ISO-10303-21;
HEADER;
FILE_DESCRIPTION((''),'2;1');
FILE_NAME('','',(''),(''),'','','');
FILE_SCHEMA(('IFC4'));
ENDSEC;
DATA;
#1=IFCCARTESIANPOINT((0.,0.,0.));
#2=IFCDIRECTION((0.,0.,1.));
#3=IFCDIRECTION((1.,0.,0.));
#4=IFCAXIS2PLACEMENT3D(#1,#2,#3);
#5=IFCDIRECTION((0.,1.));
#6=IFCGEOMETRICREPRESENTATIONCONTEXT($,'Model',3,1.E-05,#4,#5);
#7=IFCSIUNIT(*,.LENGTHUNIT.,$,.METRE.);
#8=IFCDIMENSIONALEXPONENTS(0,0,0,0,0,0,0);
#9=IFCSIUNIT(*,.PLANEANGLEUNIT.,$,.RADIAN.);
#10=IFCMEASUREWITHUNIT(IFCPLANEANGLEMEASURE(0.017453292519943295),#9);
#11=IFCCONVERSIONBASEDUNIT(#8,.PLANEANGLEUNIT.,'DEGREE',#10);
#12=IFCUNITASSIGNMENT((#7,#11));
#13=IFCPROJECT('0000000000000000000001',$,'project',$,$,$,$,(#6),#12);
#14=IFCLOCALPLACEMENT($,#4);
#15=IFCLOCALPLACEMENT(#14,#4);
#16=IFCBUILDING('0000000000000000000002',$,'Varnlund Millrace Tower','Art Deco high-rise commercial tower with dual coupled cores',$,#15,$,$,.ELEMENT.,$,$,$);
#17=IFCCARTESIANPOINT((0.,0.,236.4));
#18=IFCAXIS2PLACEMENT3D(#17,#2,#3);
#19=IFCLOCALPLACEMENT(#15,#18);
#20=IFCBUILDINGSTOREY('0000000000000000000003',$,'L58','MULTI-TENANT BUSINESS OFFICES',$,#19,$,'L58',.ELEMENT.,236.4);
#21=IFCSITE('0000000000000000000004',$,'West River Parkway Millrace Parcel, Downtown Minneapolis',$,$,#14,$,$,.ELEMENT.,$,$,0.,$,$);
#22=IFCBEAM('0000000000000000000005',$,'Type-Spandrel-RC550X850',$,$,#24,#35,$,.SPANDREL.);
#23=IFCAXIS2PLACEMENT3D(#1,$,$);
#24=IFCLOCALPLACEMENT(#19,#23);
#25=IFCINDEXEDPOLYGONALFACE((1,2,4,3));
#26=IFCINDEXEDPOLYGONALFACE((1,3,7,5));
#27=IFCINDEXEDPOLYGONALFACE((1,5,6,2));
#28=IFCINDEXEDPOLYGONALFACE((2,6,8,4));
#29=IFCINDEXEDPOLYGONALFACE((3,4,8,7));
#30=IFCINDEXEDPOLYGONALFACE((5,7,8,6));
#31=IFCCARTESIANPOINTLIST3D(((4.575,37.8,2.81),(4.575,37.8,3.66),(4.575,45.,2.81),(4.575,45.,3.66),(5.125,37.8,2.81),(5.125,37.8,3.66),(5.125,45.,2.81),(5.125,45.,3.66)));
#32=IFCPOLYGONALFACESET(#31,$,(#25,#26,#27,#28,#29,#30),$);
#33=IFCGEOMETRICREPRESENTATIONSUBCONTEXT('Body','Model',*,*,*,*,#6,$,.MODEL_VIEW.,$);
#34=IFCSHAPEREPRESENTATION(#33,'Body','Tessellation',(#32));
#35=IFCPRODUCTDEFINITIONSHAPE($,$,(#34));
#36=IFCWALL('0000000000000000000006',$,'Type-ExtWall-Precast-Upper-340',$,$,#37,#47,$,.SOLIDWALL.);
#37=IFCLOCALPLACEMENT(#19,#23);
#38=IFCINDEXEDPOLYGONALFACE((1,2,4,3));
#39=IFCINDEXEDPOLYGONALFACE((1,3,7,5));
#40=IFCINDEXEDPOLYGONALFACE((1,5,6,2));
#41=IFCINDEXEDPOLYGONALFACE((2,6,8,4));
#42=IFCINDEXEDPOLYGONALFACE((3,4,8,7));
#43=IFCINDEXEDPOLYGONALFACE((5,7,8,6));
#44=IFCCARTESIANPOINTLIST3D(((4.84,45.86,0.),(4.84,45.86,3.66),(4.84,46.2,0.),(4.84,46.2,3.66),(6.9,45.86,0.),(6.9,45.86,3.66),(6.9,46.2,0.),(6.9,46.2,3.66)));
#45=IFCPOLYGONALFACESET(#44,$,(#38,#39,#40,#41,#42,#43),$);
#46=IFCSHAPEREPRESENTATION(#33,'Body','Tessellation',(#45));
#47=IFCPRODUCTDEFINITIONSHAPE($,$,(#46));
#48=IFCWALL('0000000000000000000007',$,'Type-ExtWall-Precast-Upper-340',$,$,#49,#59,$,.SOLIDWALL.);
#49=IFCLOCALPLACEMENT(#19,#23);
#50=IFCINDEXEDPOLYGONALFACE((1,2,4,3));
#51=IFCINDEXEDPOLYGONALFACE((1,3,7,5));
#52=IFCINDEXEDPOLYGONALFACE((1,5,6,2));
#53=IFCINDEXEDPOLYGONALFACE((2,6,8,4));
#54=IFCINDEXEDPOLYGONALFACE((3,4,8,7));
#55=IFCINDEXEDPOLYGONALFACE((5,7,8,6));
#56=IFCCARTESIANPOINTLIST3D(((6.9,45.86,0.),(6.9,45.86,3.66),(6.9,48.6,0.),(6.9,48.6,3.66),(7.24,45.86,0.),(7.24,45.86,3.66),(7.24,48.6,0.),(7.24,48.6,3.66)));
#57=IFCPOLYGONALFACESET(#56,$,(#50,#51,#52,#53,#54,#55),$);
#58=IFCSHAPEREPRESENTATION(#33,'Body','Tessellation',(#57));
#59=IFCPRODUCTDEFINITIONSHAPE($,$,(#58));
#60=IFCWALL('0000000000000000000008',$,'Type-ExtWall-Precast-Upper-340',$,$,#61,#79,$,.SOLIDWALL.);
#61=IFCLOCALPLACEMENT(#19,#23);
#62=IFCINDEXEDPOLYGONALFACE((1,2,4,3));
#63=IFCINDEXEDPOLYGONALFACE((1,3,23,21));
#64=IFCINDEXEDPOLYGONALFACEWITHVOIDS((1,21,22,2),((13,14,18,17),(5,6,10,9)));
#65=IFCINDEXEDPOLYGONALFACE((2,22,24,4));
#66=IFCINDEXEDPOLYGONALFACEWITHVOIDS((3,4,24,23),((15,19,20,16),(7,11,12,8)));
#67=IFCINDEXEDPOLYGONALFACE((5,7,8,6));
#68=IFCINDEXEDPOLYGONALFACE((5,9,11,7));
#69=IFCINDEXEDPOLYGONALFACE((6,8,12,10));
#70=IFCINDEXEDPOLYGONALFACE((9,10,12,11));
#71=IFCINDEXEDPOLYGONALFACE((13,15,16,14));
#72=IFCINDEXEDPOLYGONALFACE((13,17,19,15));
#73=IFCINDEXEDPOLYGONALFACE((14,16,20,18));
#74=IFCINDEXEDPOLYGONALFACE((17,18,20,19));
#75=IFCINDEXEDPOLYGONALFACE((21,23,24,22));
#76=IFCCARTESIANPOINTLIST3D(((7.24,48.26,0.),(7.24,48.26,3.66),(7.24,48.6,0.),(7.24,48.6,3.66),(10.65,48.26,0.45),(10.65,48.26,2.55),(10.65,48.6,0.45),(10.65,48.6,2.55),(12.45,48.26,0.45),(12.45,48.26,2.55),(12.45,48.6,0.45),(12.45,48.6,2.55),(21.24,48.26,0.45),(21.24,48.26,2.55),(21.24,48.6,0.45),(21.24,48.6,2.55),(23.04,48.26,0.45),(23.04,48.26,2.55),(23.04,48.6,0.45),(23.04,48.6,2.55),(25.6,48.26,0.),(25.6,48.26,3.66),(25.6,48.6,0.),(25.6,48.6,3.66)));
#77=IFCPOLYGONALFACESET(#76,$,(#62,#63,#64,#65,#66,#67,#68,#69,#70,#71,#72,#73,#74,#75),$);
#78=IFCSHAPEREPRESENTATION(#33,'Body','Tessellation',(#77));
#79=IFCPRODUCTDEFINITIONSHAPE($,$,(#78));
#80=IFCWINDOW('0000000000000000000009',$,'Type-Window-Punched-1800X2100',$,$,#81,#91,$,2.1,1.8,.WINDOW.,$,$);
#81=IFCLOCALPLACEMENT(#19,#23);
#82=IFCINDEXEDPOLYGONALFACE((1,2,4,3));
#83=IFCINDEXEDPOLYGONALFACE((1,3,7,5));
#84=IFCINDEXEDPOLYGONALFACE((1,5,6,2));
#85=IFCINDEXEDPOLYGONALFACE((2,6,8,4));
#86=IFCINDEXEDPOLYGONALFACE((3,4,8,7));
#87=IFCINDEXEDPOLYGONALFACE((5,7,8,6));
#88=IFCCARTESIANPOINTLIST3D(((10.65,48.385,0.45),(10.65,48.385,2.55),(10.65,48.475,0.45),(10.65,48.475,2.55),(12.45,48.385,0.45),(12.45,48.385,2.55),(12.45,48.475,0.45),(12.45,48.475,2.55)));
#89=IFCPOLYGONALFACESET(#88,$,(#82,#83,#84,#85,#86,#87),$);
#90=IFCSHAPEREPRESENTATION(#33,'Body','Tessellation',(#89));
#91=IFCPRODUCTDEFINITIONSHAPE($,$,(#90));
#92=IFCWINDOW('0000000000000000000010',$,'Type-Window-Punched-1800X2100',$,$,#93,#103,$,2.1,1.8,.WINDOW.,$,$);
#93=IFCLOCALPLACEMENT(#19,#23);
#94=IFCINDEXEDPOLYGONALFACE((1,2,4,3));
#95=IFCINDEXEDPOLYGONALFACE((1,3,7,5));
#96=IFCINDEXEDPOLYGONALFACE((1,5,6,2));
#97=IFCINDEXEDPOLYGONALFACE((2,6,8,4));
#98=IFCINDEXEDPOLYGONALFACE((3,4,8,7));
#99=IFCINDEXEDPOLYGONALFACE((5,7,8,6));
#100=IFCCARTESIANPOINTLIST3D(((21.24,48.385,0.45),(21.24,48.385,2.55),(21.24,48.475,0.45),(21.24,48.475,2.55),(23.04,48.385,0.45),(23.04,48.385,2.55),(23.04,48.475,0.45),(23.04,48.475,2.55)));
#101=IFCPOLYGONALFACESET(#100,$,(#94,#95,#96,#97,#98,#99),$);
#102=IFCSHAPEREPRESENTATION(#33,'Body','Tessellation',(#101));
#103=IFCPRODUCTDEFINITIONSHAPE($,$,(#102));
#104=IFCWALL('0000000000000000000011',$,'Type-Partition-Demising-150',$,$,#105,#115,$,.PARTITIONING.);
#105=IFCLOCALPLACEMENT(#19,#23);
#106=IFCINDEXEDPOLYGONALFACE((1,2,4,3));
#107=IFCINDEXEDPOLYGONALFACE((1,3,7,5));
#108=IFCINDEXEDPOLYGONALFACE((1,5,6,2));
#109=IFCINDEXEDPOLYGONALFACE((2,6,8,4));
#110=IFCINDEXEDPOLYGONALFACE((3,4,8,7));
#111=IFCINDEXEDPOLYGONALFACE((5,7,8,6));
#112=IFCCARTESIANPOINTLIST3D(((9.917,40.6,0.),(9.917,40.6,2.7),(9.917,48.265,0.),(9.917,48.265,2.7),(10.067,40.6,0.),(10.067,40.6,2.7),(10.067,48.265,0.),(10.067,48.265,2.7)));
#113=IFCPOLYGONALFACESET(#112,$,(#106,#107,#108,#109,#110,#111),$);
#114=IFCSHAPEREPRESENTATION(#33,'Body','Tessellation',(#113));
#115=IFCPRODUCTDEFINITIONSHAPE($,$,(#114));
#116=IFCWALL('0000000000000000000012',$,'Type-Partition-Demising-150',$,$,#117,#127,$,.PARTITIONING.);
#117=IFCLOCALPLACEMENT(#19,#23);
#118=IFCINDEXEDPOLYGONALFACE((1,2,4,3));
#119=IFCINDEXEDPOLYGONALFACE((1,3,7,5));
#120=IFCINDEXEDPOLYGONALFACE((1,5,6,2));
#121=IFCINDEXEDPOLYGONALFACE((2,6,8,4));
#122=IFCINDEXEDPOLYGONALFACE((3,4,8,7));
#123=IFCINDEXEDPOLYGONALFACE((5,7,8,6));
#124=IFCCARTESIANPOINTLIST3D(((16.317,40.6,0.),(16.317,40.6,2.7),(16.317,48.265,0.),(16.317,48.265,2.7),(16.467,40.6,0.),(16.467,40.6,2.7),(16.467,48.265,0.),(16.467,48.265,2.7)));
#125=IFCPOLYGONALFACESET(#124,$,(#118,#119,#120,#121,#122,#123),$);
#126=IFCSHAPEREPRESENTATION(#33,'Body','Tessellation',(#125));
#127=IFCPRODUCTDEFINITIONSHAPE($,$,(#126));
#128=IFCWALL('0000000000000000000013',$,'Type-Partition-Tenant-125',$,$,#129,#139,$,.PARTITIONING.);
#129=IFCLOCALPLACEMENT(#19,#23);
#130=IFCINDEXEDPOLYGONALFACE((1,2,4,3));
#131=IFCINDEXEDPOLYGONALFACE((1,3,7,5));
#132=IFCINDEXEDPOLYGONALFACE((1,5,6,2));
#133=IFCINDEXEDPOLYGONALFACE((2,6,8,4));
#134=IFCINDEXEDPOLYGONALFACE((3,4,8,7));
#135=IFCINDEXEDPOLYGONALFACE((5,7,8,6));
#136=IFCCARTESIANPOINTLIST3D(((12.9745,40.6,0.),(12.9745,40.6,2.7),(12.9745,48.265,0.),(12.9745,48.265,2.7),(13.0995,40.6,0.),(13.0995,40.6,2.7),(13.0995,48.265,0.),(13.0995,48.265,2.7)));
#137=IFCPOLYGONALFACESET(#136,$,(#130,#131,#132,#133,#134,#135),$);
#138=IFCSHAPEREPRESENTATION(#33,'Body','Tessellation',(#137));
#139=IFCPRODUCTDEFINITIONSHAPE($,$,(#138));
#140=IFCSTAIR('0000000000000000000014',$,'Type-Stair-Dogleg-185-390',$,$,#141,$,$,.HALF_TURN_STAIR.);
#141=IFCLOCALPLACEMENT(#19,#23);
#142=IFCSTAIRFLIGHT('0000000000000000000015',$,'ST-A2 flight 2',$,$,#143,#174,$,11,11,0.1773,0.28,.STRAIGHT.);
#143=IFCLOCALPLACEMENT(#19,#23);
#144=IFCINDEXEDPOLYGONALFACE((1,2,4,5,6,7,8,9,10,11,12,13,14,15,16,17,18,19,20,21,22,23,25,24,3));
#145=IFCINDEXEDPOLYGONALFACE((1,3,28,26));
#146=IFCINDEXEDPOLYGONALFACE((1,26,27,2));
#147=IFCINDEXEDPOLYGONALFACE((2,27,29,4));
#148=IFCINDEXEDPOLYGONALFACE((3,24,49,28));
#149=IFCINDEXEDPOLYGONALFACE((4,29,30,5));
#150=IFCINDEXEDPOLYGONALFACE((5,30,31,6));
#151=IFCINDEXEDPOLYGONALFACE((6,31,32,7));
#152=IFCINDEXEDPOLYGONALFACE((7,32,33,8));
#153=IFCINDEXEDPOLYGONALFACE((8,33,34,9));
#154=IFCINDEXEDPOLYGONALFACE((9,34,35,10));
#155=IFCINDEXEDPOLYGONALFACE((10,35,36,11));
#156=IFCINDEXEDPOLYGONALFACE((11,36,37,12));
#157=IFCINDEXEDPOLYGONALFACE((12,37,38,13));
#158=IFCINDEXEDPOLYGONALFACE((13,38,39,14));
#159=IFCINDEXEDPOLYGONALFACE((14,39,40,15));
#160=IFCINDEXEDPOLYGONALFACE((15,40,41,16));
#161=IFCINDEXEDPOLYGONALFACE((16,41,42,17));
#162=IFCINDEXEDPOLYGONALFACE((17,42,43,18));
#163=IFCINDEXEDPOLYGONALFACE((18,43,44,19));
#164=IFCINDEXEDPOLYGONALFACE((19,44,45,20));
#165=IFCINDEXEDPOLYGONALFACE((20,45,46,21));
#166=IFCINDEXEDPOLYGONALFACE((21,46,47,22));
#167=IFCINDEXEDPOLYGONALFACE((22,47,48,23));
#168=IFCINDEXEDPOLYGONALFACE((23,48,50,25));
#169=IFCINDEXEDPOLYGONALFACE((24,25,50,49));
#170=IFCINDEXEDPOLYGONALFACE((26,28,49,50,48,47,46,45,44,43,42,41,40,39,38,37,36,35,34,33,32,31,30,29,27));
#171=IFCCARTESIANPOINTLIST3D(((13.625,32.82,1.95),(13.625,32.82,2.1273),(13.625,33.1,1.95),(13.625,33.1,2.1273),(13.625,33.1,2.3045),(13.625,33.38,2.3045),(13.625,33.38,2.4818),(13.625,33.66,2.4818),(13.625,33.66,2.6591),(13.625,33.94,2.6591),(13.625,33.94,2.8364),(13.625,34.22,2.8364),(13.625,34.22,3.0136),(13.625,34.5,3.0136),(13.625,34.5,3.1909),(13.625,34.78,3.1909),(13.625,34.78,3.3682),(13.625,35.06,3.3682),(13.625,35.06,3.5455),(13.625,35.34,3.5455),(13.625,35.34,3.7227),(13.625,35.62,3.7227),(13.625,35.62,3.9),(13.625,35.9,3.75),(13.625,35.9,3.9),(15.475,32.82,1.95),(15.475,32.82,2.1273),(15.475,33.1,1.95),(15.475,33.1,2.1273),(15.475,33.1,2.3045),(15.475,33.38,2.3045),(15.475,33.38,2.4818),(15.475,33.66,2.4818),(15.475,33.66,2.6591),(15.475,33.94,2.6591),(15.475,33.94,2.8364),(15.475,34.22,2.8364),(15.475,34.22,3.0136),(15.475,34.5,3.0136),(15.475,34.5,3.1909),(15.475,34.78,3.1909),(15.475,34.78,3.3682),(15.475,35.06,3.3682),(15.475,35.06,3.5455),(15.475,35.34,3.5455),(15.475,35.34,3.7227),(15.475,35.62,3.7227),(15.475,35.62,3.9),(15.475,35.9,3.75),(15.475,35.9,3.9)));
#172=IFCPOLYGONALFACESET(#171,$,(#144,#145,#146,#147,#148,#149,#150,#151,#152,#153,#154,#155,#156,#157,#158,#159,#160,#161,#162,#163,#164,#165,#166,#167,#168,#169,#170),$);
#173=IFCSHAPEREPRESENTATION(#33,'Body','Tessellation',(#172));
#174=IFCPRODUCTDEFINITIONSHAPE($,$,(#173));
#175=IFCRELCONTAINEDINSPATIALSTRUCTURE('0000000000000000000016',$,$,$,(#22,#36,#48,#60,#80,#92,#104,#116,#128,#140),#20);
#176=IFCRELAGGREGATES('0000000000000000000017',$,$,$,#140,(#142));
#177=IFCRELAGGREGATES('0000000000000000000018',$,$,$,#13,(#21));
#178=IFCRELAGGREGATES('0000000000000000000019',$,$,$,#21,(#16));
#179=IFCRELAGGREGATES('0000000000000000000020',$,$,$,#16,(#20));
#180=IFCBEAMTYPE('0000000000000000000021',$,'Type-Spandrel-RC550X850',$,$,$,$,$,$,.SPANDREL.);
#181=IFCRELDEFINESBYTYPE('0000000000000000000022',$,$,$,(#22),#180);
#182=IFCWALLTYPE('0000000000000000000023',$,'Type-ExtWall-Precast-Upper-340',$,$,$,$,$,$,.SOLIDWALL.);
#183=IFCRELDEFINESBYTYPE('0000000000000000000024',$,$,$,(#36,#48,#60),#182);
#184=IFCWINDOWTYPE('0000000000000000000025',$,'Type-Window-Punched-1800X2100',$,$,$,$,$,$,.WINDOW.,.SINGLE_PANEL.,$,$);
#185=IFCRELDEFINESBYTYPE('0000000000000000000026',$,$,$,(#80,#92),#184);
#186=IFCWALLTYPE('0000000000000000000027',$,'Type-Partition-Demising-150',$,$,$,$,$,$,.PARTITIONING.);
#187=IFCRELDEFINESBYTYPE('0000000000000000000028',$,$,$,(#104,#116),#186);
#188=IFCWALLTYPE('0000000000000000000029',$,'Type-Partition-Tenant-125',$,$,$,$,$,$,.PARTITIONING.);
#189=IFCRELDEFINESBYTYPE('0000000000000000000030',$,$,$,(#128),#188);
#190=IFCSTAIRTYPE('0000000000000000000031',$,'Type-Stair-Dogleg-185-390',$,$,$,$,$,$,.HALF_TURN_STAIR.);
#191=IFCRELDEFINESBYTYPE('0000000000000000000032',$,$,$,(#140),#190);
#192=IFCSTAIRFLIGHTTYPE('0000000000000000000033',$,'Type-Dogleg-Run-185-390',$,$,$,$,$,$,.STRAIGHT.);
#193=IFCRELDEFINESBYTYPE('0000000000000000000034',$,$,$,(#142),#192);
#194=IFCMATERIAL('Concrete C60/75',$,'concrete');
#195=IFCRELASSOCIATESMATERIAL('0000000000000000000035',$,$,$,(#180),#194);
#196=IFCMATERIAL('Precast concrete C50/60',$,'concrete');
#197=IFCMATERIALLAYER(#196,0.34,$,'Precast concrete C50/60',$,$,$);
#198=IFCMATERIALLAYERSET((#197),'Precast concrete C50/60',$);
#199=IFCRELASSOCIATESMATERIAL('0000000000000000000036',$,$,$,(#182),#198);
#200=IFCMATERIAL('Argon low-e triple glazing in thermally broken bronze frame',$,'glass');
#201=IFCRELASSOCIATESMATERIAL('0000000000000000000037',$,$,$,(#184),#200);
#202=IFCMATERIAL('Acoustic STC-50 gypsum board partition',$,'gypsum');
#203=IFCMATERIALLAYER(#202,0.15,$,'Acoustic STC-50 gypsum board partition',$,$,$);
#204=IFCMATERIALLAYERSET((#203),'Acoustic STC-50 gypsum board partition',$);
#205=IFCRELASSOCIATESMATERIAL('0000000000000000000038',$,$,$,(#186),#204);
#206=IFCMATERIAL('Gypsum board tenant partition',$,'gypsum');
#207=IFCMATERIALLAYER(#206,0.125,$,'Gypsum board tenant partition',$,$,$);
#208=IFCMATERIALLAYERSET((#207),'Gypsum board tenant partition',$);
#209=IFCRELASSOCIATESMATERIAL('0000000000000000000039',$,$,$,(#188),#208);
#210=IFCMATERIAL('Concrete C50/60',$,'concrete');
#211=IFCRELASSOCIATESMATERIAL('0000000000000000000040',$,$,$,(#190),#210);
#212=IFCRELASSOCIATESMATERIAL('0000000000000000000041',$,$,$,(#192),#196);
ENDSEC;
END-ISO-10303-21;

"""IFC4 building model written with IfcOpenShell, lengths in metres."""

from ifc_helpers import new_model, entity, si_unit, converted_unit, direction, frame, origin_with_axes, origin_2d_with_axis, place, context, subcontext, project, spatial, polyline, rectangle, outline, extrude, material, layer, layer_set, material_profile, profile_set, type_object, element, fill, aggregate, save


model = new_model("IFC4")

# Units and contexts
model_context = context("Model", 3, precision=1e-05, world=origin_with_axes(), true_north=direction((0.0, 1.0)))
body_context = subcontext(model_context, "Body", "Model", "MODEL_VIEW")
ifc_project = project(units=[si_unit("LENGTHUNIT", "METRE"), converted_unit("PLANEANGLEUNIT", "DEGREE", entity("IfcPlaneAngleMeasure", 0.017453292519943295), si_unit("PLANEANGLEUNIT", "RADIAN"), dimensions=[0, 0, 0, 0, 0, 0, 0])], contexts=[model_context])

# Site, building, storey
site_placement = place(None, origin_with_axes())
site = spatial("IfcSite", under=ifc_project, at=site_placement, Name="West River Parkway Millrace Parcel, Downtown Minneapolis", CompositionType="ELEMENT", RefElevation=0.0)
building_placement = place(site_placement, origin_with_axes())
building = spatial("IfcBuilding", under=site, at=building_placement, Name="Varnlund Millrace Tower", Description="Art Deco high-rise commercial tower with dual coupled cores", CompositionType="ELEMENT")
storey_placement = place(building_placement, frame((0.0, 0.0, 236.4), z_axis=(0.0, 0.0, 1.0), x_axis=(1.0, 0.0, 0.0)))
storey = spatial("IfcBuildingStorey", under=building, at=storey_placement, Name="L58", Description="MULTI-TENANT BUSINESS OFFICES", LongName="L58", CompositionType="ELEMENT", Elevation=236.4)

# Beam
ifc_material_1 = material(Name="Concrete C60/75", Category="concrete")
ifc_material_profile_1 = material_profile(ifc_material_1, rectangle(XDim=0.55, YDim=0.85, at=origin_2d_with_axis()), Name="Concrete C60/75")
ifc_profile_set_1 = profile_set([ifc_material_profile_1], Name="Concrete C60/75")
beam_type_1 = type_object("IfcBeamType", Name="Type-Spandrel-RC550X850", PredefinedType="SPANDREL", material=ifc_profile_set_1)
beam_1_placement = place(storey_placement, frame((4.85, 37.8, 3.235), z_axis=(0.0, 1.0, 0.0), x_axis=(-1.0, 0.0, 0.0)))
element("IfcBeam", 1, at=beam_1_placement, inside=storey, type_object=beam_type_1, Name="Type-Spandrel-RC550X850", PredefinedType="SPANDREL", context=body_context, shape_type="SweptSolid", body=[
    extrude(rectangle(XDim=0.55, YDim=0.85, at=origin_2d_with_axis()), origin_with_axes(), (0.0, 0.0, 1.0), 7.2),
])

# Walls
ifc_material_2 = material(Name="Precast concrete C50/60", Category="concrete")
ifc_layer_1 = layer(ifc_material_2, 0.34, Name="Precast concrete C50/60")
ifc_layer_set_1 = layer_set([ifc_layer_1], Name="Precast concrete C50/60")
wall_type_1 = type_object("IfcWallType", Name="Type-ExtWall-Precast-Upper-340", PredefinedType="SOLIDWALL", material=ifc_layer_set_1)
wall_1_placement = place(storey_placement, frame((4.84, 46.03, 0.0), z_axis=(0.0, 0.0, 1.0), x_axis=(1.0, 0.0, 0.0)))
element("IfcWall", 2, at=wall_1_placement, inside=storey, type_object=wall_type_1, Name="Type-ExtWall-Precast-Upper-340", PredefinedType="SOLIDWALL", context=body_context, shape_type="SweptSolid", body=[
    extrude(outline(polyline([(0.0, -0.17), (2.06, -0.17), (2.06, 0.17), (0.0, 0.17), (0.0, -0.17)])), origin_with_axes(), (0.0, 0.0, 1.0), 3.66),
])
wall_2_placement = place(storey_placement, frame((7.07, 45.86, 0.0), z_axis=(0.0, 0.0, 1.0), x_axis=(0.0, 1.0, 0.0)))
element("IfcWall", 3, at=wall_2_placement, inside=storey, type_object=wall_type_1, Name="Type-ExtWall-Precast-Upper-340", PredefinedType="SOLIDWALL", context=body_context, shape_type="SweptSolid", body=[
    extrude(outline(polyline([(0.0, -0.17), (2.74, -0.17), (2.74, 0.17), (0.0, 0.17), (0.0, -0.17)])), origin_with_axes(), (0.0, 0.0, 1.0), 3.66),
])

# Wall, openings, windows
wall_3_placement = place(storey_placement, frame((7.24, 48.43, 0.0), z_axis=(0.0, 0.0, 1.0), x_axis=(1.0, 0.0, 0.0)))
wall_3 = element("IfcWall", 4, at=wall_3_placement, inside=storey, type_object=wall_type_1, Name="Type-ExtWall-Precast-Upper-340", PredefinedType="SOLIDWALL", context=body_context, shape_type="SweptSolid", body=[
    extrude(outline(polyline([(0.0, -0.17), (18.36, -0.17), (18.36, 0.17), (0.0, 0.17), (0.0, -0.17)])), origin_with_axes(), (0.0, 0.0, 1.0), 3.66),
])
opening_1_placement = place(wall_3_placement, frame((4.31, 0.0, 0.45), z_axis=(0.0, 0.0, 1.0), x_axis=(1.0, 0.0, 0.0)))
opening_1 = element("IfcOpeningElement", 5, at=opening_1_placement, cuts=wall_3, PredefinedType="OPENING", context=body_context, shape_type="SweptSolid", body=[
    extrude(rectangle(XDim=1.8, YDim=0.36, at=origin_2d_with_axis()), origin_with_axes(), (0.0, 0.0, 1.0), 2.1),
])
opening_2_placement = place(wall_3_placement, frame((14.9, 0.0, 0.45), z_axis=(0.0, 0.0, 1.0), x_axis=(1.0, 0.0, 0.0)))
opening_2 = element("IfcOpeningElement", 6, at=opening_2_placement, cuts=wall_3, PredefinedType="OPENING", context=body_context, shape_type="SweptSolid", body=[
    extrude(rectangle(XDim=1.8, YDim=0.36, at=origin_2d_with_axis()), origin_with_axes(), (0.0, 0.0, 1.0), 2.1),
])
ifc_material_3 = material(Name="Argon low-e triple glazing in thermally broken bronze frame", Category="glass")
window_type = type_object("IfcWindowType", Name="Type-Window-Punched-1800X2100", PartitioningType="SINGLE_PANEL", PredefinedType="WINDOW", material=ifc_material_3)
window_1_placement = place(wall_3_placement, frame((4.31, 0.0, 0.45), z_axis=(0.0, 0.0, 1.0), x_axis=(1.0, 0.0, 0.0)))
window_1 = element("IfcWindow", 7, at=window_1_placement, inside=storey, type_object=window_type, Name="Type-Window-Punched-1800X2100", OverallHeight=2.1, OverallWidth=1.8, PredefinedType="WINDOW", context=body_context, shape_type="SweptSolid", body=[
    extrude(rectangle(XDim=1.8, YDim=0.09, at=origin_2d_with_axis()), origin_with_axes(), (0.0, 0.0, 1.0), 2.1),
])
fill(opening_1, window_1)
window_2_placement = place(wall_3_placement, frame((14.9, 0.0, 0.45), z_axis=(0.0, 0.0, 1.0), x_axis=(1.0, 0.0, 0.0)))
window_2 = element("IfcWindow", 8, at=window_2_placement, inside=storey, type_object=window_type, Name="Type-Window-Punched-1800X2100", OverallHeight=2.1, OverallWidth=1.8, PredefinedType="WINDOW", context=body_context, shape_type="SweptSolid", body=[
    extrude(rectangle(XDim=1.8, YDim=0.09, at=origin_2d_with_axis()), origin_with_axes(), (0.0, 0.0, 1.0), 2.1),
])
fill(opening_2, window_2)

# Walls
ifc_material_4 = material(Name="Acoustic STC-50 gypsum board partition", Category="gypsum")
ifc_layer_2 = layer(ifc_material_4, 0.15, Name="Acoustic STC-50 gypsum board partition")
ifc_layer_set_2 = layer_set([ifc_layer_2], Name="Acoustic STC-50 gypsum board partition")
wall_type_2 = type_object("IfcWallType", Name="Type-Partition-Demising-150", PredefinedType="PARTITIONING", material=ifc_layer_set_2)
for number, where, z_axis, x_axis, name in (
    (9, (9.992, 40.6, 0.0), (0.0, 0.0, 1.0), (0.0, 1.0, 0.0), "Type-Partition-Demising-150"),
    (10, (16.392, 40.6, 0.0), (0.0, 0.0, 1.0), (0.0, 1.0, 0.0), "Type-Partition-Demising-150"),
):
    element("IfcWall", number, at=place(storey_placement, frame(where, z_axis=z_axis, x_axis=x_axis)), inside=storey, type_object=wall_type_2, Name=name, PredefinedType="PARTITIONING", context=body_context, shape_type="SweptSolid", body=[
        extrude(outline(polyline([(0.0, -0.075), (7.665, -0.075), (7.665, 0.075), (0.0, 0.075), (0.0, -0.075)])), origin_with_axes(), (0.0, 0.0, 1.0), 2.7),
    ])
ifc_material_5 = material(Name="Gypsum board tenant partition", Category="gypsum")
ifc_layer_3 = layer(ifc_material_5, 0.125, Name="Gypsum board tenant partition")
ifc_layer_set_3 = layer_set([ifc_layer_3], Name="Gypsum board tenant partition")
wall_type_3 = type_object("IfcWallType", Name="Type-Partition-Tenant-125", PredefinedType="PARTITIONING", material=ifc_layer_set_3)
wall_4_placement = place(storey_placement, frame((13.037, 40.6, 0.0), z_axis=(0.0, 0.0, 1.0), x_axis=(0.0, 1.0, 0.0)))
element("IfcWall", 11, at=wall_4_placement, inside=storey, type_object=wall_type_3, Name="Type-Partition-Tenant-125", PredefinedType="PARTITIONING", context=body_context, shape_type="SweptSolid", body=[
    extrude(outline(polyline([(0.0, -0.0625), (7.665, -0.0625), (7.665, 0.0625), (0.0, 0.0625), (0.0, -0.0625)])), origin_with_axes(), (0.0, 0.0, 1.0), 2.7),
])

# Stair, stair flight
ifc_material_6 = material(Name="Concrete C50/60", Category="concrete")
stair_type = type_object("IfcStairType", Name="Type-Stair-Dogleg-185-390", PredefinedType="HALF_TURN_STAIR", material=ifc_material_6)
stair_placement = place(storey_placement, origin_with_axes())
stair = element("IfcStair", 12, at=stair_placement, inside=storey, type_object=stair_type, Name="Type-Stair-Dogleg-185-390", PredefinedType="HALF_TURN_STAIR")
stair_flight_type = type_object("IfcStairFlightType", Name="Type-Dogleg-Run-185-390", PredefinedType="STRAIGHT", material=ifc_material_2)
stair_flight_placement = place(storey_placement, frame((13.625, 32.82, 1.95), z_axis=(1.0, 0.0, 0.0), x_axis=(0.0, 1.0, 0.0)))
stair_flight = element("IfcStairFlight", 13, at=stair_flight_placement, type_object=stair_flight_type, Name="ST-A2 flight 2", NumberOfRisers=11, NumberOfTreads=11, PredefinedType="STRAIGHT", RiserHeight=0.1773, TreadLength=0.28, context=body_context, shape_type="SweptSolid", body=[
    extrude(outline(polyline([(0.0, 0.0), (0.0, 0.1773), (0.28, 0.1773), (0.28, 0.3545), (0.56, 0.3545), (0.56, 0.5318), (0.84, 0.5318), (0.84, 0.7091), (1.12, 0.7091), (1.12, 0.8864), (1.4, 0.8864), (1.4, 1.0636), (1.68, 1.0636), (1.68, 1.2409), (1.96, 1.2409), (1.96, 1.4182), (2.24, 1.4182), (2.24, 1.5955), (2.52, 1.5955), (2.52, 1.7727), (2.8, 1.7727), (2.8, 1.95), (3.08, 1.95), (3.08, 1.8), (0.28, 0.0), (0.0, 0.0)])), origin_with_axes(), (0.0, 0.0, 1.0), 1.85),
])
aggregate(stair, [stair_flight])

save(model, "model.ifc")
